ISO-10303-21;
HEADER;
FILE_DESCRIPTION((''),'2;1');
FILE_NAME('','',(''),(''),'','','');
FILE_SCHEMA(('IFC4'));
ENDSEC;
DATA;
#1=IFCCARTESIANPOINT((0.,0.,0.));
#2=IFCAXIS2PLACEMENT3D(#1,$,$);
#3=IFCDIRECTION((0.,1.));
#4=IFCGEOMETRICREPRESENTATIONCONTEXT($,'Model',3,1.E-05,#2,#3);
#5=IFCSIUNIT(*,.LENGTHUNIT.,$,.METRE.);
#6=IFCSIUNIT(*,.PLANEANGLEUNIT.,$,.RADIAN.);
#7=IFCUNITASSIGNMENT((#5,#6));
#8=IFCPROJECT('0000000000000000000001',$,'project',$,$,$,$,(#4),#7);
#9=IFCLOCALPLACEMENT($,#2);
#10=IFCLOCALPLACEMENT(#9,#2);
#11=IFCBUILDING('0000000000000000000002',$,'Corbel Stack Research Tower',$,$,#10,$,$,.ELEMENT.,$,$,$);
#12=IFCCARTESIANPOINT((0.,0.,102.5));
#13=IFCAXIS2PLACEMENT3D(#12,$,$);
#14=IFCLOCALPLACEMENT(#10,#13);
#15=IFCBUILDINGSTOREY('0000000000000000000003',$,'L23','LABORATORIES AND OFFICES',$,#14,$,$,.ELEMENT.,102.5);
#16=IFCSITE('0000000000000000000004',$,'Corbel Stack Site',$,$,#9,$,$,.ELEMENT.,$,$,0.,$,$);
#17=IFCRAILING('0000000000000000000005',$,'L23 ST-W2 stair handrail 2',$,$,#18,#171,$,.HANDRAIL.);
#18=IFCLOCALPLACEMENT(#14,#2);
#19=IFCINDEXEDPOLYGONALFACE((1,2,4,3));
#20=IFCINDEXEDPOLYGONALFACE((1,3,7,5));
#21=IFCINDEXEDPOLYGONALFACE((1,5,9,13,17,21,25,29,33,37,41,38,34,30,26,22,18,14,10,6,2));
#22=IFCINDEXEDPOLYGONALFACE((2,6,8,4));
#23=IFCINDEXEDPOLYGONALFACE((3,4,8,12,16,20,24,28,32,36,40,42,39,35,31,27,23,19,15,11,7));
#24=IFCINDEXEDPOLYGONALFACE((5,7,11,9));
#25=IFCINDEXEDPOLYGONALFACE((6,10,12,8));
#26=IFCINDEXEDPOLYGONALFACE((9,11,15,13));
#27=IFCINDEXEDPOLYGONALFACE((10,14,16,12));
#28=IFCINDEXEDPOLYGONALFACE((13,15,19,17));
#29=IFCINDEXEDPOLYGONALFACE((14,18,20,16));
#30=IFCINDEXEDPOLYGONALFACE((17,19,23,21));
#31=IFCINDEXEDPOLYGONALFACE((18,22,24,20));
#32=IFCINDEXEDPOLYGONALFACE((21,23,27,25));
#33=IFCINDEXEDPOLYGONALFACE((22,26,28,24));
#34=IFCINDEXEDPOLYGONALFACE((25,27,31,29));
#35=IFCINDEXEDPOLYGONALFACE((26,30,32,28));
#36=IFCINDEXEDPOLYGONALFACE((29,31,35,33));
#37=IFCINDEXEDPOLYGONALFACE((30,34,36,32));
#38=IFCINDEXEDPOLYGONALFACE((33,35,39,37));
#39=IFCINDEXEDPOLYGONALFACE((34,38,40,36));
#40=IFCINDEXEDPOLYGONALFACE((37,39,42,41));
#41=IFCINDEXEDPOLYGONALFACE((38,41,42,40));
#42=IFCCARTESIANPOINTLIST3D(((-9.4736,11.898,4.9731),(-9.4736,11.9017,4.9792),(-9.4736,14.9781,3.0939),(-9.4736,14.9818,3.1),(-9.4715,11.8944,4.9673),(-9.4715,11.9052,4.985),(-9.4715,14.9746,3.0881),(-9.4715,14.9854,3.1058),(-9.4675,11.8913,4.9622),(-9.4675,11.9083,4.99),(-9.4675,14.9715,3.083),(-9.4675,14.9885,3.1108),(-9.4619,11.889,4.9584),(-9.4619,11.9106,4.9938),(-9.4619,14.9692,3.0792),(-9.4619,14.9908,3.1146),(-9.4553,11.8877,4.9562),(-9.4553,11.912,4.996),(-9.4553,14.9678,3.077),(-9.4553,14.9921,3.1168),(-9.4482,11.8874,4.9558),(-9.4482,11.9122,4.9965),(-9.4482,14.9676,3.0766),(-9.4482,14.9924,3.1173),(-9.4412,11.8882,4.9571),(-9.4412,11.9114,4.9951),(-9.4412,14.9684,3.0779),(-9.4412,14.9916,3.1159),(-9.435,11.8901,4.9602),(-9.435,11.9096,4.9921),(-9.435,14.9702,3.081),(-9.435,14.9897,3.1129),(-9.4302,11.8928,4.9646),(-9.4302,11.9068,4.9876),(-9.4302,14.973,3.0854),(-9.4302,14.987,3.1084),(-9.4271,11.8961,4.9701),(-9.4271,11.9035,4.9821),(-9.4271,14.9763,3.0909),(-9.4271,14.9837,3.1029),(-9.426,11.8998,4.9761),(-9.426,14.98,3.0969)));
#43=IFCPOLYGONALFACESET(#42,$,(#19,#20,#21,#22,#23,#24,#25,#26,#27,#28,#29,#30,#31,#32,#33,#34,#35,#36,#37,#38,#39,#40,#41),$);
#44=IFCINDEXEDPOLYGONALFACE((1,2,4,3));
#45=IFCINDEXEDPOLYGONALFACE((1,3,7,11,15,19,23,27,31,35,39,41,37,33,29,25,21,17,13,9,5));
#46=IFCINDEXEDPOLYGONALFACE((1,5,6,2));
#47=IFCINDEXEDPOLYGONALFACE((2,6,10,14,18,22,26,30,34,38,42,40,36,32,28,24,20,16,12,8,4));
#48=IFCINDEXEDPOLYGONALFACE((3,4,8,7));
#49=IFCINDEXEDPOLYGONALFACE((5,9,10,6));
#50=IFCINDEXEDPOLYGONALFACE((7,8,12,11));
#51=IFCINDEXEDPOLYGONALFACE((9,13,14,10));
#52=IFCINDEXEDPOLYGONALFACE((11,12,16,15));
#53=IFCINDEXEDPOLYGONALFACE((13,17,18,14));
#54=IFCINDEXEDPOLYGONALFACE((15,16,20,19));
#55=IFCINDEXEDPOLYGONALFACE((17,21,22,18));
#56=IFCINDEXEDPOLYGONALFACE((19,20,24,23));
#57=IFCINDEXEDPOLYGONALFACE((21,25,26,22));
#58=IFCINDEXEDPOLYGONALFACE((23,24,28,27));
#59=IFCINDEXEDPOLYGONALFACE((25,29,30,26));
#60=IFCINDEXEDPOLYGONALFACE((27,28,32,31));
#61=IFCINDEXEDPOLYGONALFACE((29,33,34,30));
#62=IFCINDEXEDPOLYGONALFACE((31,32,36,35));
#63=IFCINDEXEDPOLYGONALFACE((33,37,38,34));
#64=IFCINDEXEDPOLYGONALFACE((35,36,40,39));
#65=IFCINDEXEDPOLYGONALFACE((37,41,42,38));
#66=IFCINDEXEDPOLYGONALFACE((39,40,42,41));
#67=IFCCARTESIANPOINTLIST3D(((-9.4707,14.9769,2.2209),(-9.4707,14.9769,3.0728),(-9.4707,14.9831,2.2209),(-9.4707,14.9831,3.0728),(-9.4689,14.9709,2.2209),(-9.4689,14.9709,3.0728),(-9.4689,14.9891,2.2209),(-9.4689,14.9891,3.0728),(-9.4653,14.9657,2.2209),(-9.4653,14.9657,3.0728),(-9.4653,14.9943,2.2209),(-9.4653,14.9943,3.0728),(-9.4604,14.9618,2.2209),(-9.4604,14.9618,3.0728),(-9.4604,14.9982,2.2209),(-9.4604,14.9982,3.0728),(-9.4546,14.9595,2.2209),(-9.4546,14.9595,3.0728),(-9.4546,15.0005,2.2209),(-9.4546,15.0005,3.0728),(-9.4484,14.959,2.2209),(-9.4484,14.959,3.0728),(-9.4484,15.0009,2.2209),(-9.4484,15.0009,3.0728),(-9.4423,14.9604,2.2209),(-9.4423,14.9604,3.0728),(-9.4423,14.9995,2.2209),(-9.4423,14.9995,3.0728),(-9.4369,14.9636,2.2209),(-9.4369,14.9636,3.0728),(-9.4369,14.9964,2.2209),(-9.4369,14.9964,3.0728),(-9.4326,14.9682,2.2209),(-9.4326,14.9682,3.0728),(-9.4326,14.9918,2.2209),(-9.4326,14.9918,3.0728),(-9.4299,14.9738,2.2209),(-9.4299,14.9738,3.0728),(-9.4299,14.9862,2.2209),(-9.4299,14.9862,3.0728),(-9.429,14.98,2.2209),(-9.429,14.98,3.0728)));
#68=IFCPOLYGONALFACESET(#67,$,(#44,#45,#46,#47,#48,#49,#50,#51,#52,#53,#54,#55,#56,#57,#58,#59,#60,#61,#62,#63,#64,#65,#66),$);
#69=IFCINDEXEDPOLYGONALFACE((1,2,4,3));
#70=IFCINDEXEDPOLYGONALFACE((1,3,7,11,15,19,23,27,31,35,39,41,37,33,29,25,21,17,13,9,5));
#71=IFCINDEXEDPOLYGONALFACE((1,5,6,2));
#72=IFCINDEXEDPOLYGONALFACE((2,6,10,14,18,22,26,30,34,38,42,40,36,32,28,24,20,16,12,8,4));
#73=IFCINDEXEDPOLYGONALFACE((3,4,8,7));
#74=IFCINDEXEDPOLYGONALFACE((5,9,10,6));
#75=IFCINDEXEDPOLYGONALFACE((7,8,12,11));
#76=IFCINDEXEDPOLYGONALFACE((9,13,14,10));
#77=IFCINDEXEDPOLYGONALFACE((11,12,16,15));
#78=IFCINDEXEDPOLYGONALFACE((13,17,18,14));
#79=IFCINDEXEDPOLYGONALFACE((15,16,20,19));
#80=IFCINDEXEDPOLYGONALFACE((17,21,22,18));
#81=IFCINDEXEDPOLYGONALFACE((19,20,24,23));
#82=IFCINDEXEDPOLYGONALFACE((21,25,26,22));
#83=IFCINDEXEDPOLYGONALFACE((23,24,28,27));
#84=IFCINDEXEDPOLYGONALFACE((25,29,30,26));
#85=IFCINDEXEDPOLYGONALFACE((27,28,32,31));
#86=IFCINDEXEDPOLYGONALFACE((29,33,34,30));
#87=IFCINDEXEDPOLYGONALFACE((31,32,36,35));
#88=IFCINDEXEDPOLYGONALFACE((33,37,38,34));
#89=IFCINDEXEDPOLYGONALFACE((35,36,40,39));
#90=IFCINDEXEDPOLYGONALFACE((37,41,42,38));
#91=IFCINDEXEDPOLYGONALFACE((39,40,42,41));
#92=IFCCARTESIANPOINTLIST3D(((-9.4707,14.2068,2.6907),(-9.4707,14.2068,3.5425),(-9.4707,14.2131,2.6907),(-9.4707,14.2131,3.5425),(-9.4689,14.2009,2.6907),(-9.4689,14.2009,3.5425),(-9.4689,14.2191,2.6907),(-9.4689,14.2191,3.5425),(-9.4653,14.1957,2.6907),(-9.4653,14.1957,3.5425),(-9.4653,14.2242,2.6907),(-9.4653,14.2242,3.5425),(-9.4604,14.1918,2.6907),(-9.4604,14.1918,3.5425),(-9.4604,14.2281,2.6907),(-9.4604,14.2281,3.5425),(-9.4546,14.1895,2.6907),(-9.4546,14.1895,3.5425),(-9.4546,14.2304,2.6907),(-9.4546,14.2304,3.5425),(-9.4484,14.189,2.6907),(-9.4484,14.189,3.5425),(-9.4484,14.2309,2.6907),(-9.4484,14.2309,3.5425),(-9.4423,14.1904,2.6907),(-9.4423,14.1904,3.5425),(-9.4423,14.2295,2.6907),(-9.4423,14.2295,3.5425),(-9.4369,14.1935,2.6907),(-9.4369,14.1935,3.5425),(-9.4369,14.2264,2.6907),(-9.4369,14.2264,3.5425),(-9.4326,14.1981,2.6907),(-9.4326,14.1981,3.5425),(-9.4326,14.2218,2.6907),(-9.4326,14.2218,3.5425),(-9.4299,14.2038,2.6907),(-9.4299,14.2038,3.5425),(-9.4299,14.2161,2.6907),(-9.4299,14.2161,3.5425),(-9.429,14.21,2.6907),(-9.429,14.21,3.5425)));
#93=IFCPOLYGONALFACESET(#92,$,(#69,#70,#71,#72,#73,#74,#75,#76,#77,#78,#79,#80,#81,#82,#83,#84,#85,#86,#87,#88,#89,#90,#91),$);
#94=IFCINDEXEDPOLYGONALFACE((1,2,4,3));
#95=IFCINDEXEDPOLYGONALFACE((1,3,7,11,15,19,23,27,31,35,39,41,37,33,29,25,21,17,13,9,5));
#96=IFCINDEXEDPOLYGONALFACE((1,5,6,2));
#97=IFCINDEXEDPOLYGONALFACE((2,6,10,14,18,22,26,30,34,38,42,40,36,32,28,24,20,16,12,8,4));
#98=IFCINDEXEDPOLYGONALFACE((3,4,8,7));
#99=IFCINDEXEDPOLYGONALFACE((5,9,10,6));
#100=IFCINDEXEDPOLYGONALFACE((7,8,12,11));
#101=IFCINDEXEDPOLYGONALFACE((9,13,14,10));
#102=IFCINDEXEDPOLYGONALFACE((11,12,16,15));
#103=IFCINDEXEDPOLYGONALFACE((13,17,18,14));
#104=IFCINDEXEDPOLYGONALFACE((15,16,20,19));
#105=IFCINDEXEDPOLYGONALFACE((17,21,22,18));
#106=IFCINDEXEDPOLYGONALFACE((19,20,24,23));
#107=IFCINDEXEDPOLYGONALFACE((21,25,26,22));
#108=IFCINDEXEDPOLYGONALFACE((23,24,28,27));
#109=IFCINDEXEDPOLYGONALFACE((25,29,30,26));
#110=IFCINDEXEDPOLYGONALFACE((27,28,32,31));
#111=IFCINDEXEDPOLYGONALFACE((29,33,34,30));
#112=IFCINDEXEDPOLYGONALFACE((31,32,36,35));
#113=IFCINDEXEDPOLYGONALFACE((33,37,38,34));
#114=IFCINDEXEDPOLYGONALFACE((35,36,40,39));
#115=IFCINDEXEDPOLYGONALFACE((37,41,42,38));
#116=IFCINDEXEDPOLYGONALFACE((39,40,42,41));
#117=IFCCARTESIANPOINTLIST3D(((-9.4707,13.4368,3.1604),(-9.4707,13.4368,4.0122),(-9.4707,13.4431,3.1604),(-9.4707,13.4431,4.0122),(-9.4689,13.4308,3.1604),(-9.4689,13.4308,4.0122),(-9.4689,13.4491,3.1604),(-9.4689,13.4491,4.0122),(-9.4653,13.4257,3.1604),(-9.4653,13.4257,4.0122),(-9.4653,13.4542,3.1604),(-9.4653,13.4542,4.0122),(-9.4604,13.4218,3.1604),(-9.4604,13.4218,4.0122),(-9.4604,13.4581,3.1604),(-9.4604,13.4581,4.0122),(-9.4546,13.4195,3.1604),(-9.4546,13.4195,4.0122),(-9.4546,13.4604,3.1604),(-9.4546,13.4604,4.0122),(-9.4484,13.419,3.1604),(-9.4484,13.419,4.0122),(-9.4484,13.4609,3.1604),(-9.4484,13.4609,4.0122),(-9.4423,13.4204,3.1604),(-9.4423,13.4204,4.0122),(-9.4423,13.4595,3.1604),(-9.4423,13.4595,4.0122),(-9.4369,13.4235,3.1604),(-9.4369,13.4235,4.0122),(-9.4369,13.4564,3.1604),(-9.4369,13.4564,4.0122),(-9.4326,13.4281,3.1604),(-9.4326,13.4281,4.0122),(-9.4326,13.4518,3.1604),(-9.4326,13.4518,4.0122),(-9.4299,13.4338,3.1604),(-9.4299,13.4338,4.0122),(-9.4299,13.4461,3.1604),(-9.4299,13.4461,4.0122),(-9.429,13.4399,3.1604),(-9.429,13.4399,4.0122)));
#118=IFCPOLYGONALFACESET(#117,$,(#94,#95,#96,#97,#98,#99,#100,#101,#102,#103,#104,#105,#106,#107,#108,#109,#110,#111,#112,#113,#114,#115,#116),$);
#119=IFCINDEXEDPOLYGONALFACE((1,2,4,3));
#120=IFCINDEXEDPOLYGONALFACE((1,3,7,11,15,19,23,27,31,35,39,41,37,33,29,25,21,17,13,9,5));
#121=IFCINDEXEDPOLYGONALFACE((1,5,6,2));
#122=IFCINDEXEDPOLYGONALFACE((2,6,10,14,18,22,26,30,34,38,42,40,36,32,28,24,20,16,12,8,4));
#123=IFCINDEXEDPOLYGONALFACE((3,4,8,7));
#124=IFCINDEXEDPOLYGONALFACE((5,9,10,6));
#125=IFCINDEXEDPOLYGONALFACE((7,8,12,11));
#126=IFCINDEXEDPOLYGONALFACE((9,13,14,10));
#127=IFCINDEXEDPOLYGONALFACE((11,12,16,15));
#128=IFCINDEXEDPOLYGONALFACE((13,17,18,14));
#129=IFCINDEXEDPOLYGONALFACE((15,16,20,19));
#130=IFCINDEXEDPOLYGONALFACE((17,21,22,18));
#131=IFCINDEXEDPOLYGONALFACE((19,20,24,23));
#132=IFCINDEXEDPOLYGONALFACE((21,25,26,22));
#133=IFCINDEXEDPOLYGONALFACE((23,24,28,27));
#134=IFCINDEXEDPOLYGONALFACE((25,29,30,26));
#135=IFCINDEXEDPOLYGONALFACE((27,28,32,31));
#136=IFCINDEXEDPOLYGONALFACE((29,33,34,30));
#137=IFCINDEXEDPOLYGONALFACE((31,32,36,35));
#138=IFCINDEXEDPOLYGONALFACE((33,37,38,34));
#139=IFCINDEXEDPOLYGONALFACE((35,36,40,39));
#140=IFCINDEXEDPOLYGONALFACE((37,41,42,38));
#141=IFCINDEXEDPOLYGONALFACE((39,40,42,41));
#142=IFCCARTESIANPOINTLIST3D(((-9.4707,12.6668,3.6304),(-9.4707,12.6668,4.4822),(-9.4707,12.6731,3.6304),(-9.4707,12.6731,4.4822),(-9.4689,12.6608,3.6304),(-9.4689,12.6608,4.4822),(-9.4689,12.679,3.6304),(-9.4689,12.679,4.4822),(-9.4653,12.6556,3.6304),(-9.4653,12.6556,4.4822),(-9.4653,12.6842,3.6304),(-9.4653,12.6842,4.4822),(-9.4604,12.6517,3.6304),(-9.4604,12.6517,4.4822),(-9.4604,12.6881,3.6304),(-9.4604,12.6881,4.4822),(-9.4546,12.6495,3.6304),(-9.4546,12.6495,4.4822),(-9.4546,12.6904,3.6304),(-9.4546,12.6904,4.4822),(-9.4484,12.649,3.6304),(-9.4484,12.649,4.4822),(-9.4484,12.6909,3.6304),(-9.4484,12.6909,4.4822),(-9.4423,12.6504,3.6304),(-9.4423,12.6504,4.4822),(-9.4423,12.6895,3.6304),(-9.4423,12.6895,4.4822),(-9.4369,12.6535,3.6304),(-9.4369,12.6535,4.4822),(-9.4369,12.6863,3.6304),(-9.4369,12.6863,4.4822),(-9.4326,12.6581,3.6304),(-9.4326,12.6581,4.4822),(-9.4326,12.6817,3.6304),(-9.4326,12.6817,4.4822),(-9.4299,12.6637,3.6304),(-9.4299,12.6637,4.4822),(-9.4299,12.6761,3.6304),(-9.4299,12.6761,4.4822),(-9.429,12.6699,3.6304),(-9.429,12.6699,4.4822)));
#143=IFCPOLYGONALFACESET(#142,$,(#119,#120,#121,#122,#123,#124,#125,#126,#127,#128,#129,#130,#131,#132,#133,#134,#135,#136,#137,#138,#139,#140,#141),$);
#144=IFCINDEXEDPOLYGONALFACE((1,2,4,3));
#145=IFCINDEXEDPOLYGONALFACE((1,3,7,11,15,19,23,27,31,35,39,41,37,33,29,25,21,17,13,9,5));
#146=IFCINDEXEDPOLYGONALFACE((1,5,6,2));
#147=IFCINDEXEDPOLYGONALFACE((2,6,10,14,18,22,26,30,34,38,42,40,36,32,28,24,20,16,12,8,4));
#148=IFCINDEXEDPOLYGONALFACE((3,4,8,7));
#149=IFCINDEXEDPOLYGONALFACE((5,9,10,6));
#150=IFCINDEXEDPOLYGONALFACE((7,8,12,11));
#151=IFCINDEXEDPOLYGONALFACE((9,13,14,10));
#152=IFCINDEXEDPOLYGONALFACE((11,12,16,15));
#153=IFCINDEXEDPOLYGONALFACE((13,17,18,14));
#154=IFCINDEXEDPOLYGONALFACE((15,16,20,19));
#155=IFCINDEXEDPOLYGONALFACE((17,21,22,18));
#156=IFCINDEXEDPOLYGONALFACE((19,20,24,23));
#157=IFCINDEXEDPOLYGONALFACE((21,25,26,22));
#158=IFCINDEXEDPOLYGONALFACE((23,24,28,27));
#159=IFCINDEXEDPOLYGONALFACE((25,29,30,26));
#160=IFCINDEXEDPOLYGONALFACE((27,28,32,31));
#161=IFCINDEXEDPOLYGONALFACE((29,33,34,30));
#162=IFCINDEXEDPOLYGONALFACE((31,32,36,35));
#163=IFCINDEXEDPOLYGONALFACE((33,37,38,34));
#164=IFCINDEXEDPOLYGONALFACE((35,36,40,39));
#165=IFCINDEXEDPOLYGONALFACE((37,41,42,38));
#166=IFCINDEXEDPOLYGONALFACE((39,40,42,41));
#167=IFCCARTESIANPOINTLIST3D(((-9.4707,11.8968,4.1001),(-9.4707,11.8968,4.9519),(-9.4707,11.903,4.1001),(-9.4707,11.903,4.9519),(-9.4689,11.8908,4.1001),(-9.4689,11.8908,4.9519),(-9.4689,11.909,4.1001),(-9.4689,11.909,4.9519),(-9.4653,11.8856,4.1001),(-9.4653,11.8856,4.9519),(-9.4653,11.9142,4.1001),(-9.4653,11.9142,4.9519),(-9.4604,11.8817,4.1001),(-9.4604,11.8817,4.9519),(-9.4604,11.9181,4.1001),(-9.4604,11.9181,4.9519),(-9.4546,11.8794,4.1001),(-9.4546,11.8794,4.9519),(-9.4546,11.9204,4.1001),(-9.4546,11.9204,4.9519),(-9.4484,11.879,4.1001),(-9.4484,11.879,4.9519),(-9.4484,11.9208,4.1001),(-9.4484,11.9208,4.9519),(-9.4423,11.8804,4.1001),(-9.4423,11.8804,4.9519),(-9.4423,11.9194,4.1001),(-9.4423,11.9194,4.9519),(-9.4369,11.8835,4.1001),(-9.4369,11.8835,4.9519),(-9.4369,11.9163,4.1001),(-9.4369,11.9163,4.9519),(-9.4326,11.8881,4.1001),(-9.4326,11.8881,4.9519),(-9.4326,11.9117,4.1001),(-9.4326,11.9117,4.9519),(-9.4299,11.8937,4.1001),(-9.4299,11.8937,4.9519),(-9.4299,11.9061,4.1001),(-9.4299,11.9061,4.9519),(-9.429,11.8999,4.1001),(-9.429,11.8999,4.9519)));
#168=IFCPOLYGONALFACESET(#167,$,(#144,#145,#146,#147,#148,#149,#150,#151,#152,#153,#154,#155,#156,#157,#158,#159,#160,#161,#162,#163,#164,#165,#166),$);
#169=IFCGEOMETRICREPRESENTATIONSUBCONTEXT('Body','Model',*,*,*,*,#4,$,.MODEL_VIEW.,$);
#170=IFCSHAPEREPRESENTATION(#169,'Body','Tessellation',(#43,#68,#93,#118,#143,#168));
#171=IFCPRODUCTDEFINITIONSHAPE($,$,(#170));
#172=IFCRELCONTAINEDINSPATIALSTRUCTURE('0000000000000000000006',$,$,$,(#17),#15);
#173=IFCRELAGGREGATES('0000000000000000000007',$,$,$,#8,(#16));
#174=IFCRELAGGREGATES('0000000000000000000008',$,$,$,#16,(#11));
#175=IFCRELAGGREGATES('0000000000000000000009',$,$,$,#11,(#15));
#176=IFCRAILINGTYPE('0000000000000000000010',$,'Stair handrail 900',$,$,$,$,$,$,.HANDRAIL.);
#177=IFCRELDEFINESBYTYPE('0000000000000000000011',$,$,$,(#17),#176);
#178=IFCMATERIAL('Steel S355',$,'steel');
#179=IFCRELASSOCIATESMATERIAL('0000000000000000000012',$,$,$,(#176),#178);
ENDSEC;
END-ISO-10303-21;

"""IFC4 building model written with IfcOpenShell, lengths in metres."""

from ifc_helpers import new_model, si_unit, direction, frame, origin, origin_2d, place, context, subcontext, project, spatial, circle, extrude, material, type_object, element, save


model = new_model("IFC4")

# Units and contexts
model_context = context("Model", 3, precision=1e-05, world=origin(), true_north=direction((0.0, 1.0)))
body_context = subcontext(model_context, "Body", "Model", "MODEL_VIEW")
ifc_project = project(units=[si_unit("LENGTHUNIT", "METRE"), si_unit("PLANEANGLEUNIT", "RADIAN")], contexts=[model_context])

# Site, building, storey
site_placement = place(None, origin())
site = spatial("IfcSite", under=ifc_project, at=site_placement, Name="Corbel Stack Site", CompositionType="ELEMENT", RefElevation=0.0)
building_placement = place(site_placement, origin())
building = spatial("IfcBuilding", under=site, at=building_placement, Name="Corbel Stack Research Tower", CompositionType="ELEMENT")
storey_placement = place(building_placement, frame((0.0, 0.0, 102.5)))
storey = spatial("IfcBuildingStorey", under=building, at=storey_placement, Name="L23", Description="LABORATORIES AND OFFICES", CompositionType="ELEMENT", Elevation=102.5)

# Railing
ifc_material_1 = material(Name="Steel S355", Category="steel")
railing_type_1 = type_object("IfcRailingType", Name="Stair handrail 900", PredefinedType="HANDRAIL", material=ifc_material_1)
railing_placement = place(storey_placement, frame((-9.45, 14.98, 2.2209)))
element("IfcRailing", 1, at=railing_placement, inside=storey, type_object=railing_type_1, Name="L23 ST-W2 stair handrail 2", PredefinedType="HANDRAIL", context=body_context, shape_type="SweptSolid", body=[
    extrude(circle(Radius=0.0239, at=origin_2d()), frame((0.0, 0.0, 0.876), z_axis=(0.0, -0.853666, 0.52082), x_axis=(1.0, 0.0, 0.0)), (0.0, 0.0, 1.0), 3.6082),
    extrude(circle(Radius=0.021, at=origin_2d()), origin(), (0.0, 0.0, 1.0), 0.8518),
    extrude(circle(Radius=0.021, at=origin_2d()), frame((0.0, -0.77, 0.4697)), (0.0, 0.0, 1.0), 0.8518),
    extrude(circle(Radius=0.021, at=origin_2d()), frame((0.0, -1.54, 0.9395)), (0.0, 0.0, 1.0), 0.8518),
    extrude(circle(Radius=0.021, at=origin_2d()), frame((0.0, -2.3101, 1.4094)), (0.0, 0.0, 1.0), 0.8518),
    extrude(circle(Radius=0.021, at=origin_2d()), frame((0.0, -3.0801, 1.8792)), (0.0, 0.0, 1.0), 0.8518),
])

save(model, "model.ifc")
